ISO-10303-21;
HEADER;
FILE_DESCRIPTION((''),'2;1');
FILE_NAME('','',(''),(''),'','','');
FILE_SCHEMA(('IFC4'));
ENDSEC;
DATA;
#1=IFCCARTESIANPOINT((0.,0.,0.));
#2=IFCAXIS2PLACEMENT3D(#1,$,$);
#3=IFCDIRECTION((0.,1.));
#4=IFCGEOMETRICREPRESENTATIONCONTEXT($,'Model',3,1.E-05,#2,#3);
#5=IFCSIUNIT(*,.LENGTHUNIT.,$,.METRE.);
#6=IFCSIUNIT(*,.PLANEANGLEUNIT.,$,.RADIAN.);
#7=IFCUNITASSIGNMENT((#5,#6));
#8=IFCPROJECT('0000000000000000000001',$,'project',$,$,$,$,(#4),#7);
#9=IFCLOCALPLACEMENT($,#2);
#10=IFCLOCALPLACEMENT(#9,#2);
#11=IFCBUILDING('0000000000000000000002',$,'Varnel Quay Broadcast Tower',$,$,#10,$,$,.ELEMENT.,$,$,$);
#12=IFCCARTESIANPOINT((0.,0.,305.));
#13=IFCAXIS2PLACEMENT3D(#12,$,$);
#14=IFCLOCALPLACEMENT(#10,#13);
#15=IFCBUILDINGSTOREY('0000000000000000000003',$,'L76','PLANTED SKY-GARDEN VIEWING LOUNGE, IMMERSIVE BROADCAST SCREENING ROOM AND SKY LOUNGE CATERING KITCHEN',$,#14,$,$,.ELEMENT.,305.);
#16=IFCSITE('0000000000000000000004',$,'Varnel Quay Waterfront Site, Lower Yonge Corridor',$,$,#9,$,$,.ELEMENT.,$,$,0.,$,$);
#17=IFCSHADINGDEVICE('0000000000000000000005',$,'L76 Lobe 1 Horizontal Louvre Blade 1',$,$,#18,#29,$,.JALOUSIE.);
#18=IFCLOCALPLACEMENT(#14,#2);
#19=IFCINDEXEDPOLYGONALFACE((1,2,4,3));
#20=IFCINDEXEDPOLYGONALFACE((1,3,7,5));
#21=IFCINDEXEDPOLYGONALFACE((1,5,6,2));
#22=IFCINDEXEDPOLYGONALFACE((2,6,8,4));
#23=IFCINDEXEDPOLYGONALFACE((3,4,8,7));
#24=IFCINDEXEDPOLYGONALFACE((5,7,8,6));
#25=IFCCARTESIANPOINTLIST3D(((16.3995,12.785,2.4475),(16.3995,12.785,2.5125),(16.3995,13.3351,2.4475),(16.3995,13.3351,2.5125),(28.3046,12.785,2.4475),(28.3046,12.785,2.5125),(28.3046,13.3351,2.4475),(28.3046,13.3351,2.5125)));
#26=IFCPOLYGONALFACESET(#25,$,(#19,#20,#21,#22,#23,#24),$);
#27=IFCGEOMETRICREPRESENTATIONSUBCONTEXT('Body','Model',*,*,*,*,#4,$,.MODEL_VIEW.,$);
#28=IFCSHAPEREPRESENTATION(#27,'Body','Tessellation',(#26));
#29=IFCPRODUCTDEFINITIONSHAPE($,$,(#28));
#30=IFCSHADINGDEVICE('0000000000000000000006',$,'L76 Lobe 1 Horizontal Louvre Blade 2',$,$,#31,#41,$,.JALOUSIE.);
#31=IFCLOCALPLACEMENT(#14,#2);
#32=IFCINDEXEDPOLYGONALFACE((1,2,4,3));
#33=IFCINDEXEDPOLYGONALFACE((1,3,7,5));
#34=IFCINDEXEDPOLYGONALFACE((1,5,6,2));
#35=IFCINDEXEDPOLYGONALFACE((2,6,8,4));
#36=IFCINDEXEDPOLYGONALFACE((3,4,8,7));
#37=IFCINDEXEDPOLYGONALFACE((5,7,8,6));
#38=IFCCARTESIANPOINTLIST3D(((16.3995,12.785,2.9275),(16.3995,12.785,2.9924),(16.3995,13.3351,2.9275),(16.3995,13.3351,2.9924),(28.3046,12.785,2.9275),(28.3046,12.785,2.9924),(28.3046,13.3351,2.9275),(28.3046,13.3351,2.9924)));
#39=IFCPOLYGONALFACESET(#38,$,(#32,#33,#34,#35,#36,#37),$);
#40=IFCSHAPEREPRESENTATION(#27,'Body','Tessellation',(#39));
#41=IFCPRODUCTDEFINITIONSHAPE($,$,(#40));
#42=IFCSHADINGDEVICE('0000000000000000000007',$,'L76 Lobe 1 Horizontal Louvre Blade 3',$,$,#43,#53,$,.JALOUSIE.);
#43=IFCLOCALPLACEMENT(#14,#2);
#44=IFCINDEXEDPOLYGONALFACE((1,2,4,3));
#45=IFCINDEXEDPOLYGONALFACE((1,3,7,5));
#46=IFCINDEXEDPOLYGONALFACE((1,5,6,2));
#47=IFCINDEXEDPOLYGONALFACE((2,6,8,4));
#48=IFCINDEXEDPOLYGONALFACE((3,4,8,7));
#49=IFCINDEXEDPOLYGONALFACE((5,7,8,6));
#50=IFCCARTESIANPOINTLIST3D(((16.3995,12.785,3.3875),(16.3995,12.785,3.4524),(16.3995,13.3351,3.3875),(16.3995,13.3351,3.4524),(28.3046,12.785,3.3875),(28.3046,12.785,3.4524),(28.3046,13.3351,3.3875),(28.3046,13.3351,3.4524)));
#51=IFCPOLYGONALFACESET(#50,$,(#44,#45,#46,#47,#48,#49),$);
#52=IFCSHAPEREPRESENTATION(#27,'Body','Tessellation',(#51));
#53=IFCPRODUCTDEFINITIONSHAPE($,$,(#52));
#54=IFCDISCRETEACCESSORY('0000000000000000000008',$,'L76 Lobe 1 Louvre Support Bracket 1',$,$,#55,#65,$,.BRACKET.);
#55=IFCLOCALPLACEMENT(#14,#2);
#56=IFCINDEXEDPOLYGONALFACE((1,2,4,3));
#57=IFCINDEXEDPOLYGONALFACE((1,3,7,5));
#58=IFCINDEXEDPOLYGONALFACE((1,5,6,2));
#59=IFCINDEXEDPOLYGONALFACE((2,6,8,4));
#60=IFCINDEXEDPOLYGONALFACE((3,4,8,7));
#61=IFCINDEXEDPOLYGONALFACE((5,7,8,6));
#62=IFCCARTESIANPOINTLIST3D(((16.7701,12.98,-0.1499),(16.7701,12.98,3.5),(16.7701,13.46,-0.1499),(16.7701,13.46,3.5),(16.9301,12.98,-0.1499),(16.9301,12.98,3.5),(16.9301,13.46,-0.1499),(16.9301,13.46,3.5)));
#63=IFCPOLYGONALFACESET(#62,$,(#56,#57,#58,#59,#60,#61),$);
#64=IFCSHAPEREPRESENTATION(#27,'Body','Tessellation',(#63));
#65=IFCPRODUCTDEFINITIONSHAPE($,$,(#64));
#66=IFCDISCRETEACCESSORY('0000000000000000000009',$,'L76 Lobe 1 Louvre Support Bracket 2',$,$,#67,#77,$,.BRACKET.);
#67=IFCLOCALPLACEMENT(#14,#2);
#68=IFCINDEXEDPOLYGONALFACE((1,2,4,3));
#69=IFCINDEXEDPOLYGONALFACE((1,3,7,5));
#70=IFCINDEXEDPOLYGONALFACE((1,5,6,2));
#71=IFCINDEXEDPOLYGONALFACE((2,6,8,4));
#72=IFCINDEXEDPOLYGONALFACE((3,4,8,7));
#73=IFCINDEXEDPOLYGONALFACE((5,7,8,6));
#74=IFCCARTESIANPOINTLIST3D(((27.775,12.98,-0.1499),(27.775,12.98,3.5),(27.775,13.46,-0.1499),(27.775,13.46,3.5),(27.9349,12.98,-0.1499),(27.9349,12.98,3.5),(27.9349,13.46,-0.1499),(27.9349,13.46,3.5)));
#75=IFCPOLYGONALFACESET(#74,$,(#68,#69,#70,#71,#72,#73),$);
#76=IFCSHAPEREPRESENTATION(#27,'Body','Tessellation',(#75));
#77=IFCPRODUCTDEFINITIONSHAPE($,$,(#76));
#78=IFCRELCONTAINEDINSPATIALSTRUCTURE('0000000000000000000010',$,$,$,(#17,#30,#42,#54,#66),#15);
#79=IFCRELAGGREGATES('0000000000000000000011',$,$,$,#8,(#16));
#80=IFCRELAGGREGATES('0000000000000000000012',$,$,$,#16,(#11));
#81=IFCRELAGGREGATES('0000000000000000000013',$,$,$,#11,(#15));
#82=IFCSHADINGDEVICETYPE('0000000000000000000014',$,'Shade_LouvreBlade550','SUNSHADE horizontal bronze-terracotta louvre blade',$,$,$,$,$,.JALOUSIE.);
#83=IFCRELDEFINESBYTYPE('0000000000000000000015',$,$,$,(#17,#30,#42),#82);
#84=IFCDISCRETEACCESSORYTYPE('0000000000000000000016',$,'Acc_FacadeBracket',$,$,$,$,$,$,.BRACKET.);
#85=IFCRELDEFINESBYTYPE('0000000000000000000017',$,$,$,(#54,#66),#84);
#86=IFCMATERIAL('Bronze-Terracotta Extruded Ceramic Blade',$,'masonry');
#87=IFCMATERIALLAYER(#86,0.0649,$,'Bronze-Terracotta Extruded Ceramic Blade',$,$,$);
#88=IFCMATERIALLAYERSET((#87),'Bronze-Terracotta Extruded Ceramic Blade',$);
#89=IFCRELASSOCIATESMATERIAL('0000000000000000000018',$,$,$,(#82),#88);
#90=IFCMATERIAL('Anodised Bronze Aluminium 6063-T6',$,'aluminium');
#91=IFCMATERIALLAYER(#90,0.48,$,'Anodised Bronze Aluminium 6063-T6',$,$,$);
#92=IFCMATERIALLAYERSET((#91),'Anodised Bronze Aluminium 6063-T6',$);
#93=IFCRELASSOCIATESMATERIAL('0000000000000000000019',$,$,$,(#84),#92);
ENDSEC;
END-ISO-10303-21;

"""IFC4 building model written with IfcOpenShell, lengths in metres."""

from ifc_helpers import new_model, si_unit, direction, frame, origin, origin_2d, place, context, subcontext, project, spatial, rectangle, extrude, source, transform, mapped, material, layer, layer_set, type_object, type_shapes, element, save


model = new_model("IFC4")

# Units and contexts
model_context = context("Model", 3, precision=1e-05, world=origin(), true_north=direction((0.0, 1.0)))
body_context = subcontext(model_context, "Body", "Model", "MODEL_VIEW")
ifc_project = project(units=[si_unit("LENGTHUNIT", "METRE"), si_unit("PLANEANGLEUNIT", "RADIAN")], contexts=[model_context])

# Site, building, storey
site_placement = place(None, origin())
site = spatial("IfcSite", under=ifc_project, at=site_placement, Name="Varnel Quay Waterfront Site, Lower Yonge Corridor", CompositionType="ELEMENT", RefElevation=0.0)
building_placement = place(site_placement, origin())
building = spatial("IfcBuilding", under=site, at=building_placement, Name="Varnel Quay Broadcast Tower", CompositionType="ELEMENT")
storey_placement = place(building_placement, frame((0.0, 0.0, 305.0)))
storey = spatial("IfcBuildingStorey", under=building, at=storey_placement, Name="L76", Description="PLANTED SKY-GARDEN VIEWING LOUNGE, IMMERSIVE BROADCAST SCREENING ROOM AND SKY LOUNGE CATERING KITCHEN", CompositionType="ELEMENT", Elevation=305.0)

# Shared definitions
ifc_material_1 = material(Name="Anodised Bronze Aluminium 6063-T6", Category="aluminium")

# Shared definitions
ifc_material_2 = material(Name="Bronze-Terracotta Extruded Ceramic Blade", Category="masonry")

# Shading devices
ifc_layer_1 = layer(ifc_material_2, 0.0649, Name="Bronze-Terracotta Extruded Ceramic Blade")
ifc_layer_set_1 = layer_set([ifc_layer_1], Name="Bronze-Terracotta Extruded Ceramic Blade")
shading_device_type = type_object("IfcShadingDeviceType", Name="Shade_LouvreBlade550", Description="SUNSHADE horizontal bronze-terracotta louvre blade", PredefinedType="JALOUSIE", material=ifc_layer_set_1)
shared_shape_1 = source(origin(), body_context, "Body", "SweptSolid", [
    extrude(rectangle(XDim=11.905, YDim=0.55, at=origin_2d()), origin(), (0.0, 0.0, 1.0), 0.0649),
])
type_shapes(shading_device_type, [shared_shape_1])
for number, where, z_axis, x_axis, name in (
    (1, (22.3521, 13.0601, 2.4475), (0.0, 0.0, 1.0), (1.0, 0.0, 0.0), "L76 Lobe 1 Horizontal Louvre Blade 1"),
    (2, (22.3521, 13.0601, 2.9275), (0.0, 0.0, 1.0), (1.0, 0.0, 0.0), "L76 Lobe 1 Horizontal Louvre Blade 2"),
    (3, (22.3521, 13.0601, 3.3875), (0.0, 0.0, 1.0), (1.0, 0.0, 0.0), "L76 Lobe 1 Horizontal Louvre Blade 3"),
):
    element("IfcShadingDevice", number, at=place(storey_placement, frame(where, z_axis=z_axis, x_axis=x_axis)), inside=storey, type_object=shading_device_type, Name=name, PredefinedType="JALOUSIE", context=body_context, shape_type="MappedRepresentation", body=[
        mapped(shared_shape_1, transform((0.0, 0.0, 0.0), x_axis=(1.0, 0.0, 0.0), y_axis=(0.0, 1.0, 0.0), z_axis=(0.0, 0.0, 1.0), scale=1.0)),
    ])

# Discrete accessories
ifc_layer_2 = layer(ifc_material_1, 0.48, Name="Anodised Bronze Aluminium 6063-T6")
ifc_layer_set_2 = layer_set([ifc_layer_2], Name="Anodised Bronze Aluminium 6063-T6")
discrete_accessory_type = type_object("IfcDiscreteAccessoryType", Name="Acc_FacadeBracket", PredefinedType="BRACKET", material=ifc_layer_set_2)
shared_shape_2 = source(origin(), body_context, "Body", "SweptSolid", [
    extrude(rectangle(XDim=0.1599, YDim=0.48, at=origin_2d()), origin(), (0.0, 0.0, 1.0), 3.6499),
])
type_shapes(discrete_accessory_type, [shared_shape_2])
for number, where, z_axis, x_axis, name in (
    (4, (16.8501, 13.22, -0.1499), (0.0, 0.0, 1.0), (1.0, 0.0, 0.0), "L76 Lobe 1 Louvre Support Bracket 1"),
    (5, (27.855, 13.22, -0.1499), (0.0, 0.0, 1.0), (1.0, 0.0, 0.0), "L76 Lobe 1 Louvre Support Bracket 2"),
):
    element("IfcDiscreteAccessory", number, at=place(storey_placement, frame(where, z_axis=z_axis, x_axis=x_axis)), inside=storey, type_object=discrete_accessory_type, Name=name, PredefinedType="BRACKET", context=body_context, shape_type="MappedRepresentation", body=[
        mapped(shared_shape_2, transform((0.0, 0.0, 0.0), x_axis=(1.0, 0.0, 0.0), y_axis=(0.0, 1.0, 0.0), z_axis=(0.0, 0.0, 1.0), scale=1.0)),
    ])

save(model, "model.ifc")
